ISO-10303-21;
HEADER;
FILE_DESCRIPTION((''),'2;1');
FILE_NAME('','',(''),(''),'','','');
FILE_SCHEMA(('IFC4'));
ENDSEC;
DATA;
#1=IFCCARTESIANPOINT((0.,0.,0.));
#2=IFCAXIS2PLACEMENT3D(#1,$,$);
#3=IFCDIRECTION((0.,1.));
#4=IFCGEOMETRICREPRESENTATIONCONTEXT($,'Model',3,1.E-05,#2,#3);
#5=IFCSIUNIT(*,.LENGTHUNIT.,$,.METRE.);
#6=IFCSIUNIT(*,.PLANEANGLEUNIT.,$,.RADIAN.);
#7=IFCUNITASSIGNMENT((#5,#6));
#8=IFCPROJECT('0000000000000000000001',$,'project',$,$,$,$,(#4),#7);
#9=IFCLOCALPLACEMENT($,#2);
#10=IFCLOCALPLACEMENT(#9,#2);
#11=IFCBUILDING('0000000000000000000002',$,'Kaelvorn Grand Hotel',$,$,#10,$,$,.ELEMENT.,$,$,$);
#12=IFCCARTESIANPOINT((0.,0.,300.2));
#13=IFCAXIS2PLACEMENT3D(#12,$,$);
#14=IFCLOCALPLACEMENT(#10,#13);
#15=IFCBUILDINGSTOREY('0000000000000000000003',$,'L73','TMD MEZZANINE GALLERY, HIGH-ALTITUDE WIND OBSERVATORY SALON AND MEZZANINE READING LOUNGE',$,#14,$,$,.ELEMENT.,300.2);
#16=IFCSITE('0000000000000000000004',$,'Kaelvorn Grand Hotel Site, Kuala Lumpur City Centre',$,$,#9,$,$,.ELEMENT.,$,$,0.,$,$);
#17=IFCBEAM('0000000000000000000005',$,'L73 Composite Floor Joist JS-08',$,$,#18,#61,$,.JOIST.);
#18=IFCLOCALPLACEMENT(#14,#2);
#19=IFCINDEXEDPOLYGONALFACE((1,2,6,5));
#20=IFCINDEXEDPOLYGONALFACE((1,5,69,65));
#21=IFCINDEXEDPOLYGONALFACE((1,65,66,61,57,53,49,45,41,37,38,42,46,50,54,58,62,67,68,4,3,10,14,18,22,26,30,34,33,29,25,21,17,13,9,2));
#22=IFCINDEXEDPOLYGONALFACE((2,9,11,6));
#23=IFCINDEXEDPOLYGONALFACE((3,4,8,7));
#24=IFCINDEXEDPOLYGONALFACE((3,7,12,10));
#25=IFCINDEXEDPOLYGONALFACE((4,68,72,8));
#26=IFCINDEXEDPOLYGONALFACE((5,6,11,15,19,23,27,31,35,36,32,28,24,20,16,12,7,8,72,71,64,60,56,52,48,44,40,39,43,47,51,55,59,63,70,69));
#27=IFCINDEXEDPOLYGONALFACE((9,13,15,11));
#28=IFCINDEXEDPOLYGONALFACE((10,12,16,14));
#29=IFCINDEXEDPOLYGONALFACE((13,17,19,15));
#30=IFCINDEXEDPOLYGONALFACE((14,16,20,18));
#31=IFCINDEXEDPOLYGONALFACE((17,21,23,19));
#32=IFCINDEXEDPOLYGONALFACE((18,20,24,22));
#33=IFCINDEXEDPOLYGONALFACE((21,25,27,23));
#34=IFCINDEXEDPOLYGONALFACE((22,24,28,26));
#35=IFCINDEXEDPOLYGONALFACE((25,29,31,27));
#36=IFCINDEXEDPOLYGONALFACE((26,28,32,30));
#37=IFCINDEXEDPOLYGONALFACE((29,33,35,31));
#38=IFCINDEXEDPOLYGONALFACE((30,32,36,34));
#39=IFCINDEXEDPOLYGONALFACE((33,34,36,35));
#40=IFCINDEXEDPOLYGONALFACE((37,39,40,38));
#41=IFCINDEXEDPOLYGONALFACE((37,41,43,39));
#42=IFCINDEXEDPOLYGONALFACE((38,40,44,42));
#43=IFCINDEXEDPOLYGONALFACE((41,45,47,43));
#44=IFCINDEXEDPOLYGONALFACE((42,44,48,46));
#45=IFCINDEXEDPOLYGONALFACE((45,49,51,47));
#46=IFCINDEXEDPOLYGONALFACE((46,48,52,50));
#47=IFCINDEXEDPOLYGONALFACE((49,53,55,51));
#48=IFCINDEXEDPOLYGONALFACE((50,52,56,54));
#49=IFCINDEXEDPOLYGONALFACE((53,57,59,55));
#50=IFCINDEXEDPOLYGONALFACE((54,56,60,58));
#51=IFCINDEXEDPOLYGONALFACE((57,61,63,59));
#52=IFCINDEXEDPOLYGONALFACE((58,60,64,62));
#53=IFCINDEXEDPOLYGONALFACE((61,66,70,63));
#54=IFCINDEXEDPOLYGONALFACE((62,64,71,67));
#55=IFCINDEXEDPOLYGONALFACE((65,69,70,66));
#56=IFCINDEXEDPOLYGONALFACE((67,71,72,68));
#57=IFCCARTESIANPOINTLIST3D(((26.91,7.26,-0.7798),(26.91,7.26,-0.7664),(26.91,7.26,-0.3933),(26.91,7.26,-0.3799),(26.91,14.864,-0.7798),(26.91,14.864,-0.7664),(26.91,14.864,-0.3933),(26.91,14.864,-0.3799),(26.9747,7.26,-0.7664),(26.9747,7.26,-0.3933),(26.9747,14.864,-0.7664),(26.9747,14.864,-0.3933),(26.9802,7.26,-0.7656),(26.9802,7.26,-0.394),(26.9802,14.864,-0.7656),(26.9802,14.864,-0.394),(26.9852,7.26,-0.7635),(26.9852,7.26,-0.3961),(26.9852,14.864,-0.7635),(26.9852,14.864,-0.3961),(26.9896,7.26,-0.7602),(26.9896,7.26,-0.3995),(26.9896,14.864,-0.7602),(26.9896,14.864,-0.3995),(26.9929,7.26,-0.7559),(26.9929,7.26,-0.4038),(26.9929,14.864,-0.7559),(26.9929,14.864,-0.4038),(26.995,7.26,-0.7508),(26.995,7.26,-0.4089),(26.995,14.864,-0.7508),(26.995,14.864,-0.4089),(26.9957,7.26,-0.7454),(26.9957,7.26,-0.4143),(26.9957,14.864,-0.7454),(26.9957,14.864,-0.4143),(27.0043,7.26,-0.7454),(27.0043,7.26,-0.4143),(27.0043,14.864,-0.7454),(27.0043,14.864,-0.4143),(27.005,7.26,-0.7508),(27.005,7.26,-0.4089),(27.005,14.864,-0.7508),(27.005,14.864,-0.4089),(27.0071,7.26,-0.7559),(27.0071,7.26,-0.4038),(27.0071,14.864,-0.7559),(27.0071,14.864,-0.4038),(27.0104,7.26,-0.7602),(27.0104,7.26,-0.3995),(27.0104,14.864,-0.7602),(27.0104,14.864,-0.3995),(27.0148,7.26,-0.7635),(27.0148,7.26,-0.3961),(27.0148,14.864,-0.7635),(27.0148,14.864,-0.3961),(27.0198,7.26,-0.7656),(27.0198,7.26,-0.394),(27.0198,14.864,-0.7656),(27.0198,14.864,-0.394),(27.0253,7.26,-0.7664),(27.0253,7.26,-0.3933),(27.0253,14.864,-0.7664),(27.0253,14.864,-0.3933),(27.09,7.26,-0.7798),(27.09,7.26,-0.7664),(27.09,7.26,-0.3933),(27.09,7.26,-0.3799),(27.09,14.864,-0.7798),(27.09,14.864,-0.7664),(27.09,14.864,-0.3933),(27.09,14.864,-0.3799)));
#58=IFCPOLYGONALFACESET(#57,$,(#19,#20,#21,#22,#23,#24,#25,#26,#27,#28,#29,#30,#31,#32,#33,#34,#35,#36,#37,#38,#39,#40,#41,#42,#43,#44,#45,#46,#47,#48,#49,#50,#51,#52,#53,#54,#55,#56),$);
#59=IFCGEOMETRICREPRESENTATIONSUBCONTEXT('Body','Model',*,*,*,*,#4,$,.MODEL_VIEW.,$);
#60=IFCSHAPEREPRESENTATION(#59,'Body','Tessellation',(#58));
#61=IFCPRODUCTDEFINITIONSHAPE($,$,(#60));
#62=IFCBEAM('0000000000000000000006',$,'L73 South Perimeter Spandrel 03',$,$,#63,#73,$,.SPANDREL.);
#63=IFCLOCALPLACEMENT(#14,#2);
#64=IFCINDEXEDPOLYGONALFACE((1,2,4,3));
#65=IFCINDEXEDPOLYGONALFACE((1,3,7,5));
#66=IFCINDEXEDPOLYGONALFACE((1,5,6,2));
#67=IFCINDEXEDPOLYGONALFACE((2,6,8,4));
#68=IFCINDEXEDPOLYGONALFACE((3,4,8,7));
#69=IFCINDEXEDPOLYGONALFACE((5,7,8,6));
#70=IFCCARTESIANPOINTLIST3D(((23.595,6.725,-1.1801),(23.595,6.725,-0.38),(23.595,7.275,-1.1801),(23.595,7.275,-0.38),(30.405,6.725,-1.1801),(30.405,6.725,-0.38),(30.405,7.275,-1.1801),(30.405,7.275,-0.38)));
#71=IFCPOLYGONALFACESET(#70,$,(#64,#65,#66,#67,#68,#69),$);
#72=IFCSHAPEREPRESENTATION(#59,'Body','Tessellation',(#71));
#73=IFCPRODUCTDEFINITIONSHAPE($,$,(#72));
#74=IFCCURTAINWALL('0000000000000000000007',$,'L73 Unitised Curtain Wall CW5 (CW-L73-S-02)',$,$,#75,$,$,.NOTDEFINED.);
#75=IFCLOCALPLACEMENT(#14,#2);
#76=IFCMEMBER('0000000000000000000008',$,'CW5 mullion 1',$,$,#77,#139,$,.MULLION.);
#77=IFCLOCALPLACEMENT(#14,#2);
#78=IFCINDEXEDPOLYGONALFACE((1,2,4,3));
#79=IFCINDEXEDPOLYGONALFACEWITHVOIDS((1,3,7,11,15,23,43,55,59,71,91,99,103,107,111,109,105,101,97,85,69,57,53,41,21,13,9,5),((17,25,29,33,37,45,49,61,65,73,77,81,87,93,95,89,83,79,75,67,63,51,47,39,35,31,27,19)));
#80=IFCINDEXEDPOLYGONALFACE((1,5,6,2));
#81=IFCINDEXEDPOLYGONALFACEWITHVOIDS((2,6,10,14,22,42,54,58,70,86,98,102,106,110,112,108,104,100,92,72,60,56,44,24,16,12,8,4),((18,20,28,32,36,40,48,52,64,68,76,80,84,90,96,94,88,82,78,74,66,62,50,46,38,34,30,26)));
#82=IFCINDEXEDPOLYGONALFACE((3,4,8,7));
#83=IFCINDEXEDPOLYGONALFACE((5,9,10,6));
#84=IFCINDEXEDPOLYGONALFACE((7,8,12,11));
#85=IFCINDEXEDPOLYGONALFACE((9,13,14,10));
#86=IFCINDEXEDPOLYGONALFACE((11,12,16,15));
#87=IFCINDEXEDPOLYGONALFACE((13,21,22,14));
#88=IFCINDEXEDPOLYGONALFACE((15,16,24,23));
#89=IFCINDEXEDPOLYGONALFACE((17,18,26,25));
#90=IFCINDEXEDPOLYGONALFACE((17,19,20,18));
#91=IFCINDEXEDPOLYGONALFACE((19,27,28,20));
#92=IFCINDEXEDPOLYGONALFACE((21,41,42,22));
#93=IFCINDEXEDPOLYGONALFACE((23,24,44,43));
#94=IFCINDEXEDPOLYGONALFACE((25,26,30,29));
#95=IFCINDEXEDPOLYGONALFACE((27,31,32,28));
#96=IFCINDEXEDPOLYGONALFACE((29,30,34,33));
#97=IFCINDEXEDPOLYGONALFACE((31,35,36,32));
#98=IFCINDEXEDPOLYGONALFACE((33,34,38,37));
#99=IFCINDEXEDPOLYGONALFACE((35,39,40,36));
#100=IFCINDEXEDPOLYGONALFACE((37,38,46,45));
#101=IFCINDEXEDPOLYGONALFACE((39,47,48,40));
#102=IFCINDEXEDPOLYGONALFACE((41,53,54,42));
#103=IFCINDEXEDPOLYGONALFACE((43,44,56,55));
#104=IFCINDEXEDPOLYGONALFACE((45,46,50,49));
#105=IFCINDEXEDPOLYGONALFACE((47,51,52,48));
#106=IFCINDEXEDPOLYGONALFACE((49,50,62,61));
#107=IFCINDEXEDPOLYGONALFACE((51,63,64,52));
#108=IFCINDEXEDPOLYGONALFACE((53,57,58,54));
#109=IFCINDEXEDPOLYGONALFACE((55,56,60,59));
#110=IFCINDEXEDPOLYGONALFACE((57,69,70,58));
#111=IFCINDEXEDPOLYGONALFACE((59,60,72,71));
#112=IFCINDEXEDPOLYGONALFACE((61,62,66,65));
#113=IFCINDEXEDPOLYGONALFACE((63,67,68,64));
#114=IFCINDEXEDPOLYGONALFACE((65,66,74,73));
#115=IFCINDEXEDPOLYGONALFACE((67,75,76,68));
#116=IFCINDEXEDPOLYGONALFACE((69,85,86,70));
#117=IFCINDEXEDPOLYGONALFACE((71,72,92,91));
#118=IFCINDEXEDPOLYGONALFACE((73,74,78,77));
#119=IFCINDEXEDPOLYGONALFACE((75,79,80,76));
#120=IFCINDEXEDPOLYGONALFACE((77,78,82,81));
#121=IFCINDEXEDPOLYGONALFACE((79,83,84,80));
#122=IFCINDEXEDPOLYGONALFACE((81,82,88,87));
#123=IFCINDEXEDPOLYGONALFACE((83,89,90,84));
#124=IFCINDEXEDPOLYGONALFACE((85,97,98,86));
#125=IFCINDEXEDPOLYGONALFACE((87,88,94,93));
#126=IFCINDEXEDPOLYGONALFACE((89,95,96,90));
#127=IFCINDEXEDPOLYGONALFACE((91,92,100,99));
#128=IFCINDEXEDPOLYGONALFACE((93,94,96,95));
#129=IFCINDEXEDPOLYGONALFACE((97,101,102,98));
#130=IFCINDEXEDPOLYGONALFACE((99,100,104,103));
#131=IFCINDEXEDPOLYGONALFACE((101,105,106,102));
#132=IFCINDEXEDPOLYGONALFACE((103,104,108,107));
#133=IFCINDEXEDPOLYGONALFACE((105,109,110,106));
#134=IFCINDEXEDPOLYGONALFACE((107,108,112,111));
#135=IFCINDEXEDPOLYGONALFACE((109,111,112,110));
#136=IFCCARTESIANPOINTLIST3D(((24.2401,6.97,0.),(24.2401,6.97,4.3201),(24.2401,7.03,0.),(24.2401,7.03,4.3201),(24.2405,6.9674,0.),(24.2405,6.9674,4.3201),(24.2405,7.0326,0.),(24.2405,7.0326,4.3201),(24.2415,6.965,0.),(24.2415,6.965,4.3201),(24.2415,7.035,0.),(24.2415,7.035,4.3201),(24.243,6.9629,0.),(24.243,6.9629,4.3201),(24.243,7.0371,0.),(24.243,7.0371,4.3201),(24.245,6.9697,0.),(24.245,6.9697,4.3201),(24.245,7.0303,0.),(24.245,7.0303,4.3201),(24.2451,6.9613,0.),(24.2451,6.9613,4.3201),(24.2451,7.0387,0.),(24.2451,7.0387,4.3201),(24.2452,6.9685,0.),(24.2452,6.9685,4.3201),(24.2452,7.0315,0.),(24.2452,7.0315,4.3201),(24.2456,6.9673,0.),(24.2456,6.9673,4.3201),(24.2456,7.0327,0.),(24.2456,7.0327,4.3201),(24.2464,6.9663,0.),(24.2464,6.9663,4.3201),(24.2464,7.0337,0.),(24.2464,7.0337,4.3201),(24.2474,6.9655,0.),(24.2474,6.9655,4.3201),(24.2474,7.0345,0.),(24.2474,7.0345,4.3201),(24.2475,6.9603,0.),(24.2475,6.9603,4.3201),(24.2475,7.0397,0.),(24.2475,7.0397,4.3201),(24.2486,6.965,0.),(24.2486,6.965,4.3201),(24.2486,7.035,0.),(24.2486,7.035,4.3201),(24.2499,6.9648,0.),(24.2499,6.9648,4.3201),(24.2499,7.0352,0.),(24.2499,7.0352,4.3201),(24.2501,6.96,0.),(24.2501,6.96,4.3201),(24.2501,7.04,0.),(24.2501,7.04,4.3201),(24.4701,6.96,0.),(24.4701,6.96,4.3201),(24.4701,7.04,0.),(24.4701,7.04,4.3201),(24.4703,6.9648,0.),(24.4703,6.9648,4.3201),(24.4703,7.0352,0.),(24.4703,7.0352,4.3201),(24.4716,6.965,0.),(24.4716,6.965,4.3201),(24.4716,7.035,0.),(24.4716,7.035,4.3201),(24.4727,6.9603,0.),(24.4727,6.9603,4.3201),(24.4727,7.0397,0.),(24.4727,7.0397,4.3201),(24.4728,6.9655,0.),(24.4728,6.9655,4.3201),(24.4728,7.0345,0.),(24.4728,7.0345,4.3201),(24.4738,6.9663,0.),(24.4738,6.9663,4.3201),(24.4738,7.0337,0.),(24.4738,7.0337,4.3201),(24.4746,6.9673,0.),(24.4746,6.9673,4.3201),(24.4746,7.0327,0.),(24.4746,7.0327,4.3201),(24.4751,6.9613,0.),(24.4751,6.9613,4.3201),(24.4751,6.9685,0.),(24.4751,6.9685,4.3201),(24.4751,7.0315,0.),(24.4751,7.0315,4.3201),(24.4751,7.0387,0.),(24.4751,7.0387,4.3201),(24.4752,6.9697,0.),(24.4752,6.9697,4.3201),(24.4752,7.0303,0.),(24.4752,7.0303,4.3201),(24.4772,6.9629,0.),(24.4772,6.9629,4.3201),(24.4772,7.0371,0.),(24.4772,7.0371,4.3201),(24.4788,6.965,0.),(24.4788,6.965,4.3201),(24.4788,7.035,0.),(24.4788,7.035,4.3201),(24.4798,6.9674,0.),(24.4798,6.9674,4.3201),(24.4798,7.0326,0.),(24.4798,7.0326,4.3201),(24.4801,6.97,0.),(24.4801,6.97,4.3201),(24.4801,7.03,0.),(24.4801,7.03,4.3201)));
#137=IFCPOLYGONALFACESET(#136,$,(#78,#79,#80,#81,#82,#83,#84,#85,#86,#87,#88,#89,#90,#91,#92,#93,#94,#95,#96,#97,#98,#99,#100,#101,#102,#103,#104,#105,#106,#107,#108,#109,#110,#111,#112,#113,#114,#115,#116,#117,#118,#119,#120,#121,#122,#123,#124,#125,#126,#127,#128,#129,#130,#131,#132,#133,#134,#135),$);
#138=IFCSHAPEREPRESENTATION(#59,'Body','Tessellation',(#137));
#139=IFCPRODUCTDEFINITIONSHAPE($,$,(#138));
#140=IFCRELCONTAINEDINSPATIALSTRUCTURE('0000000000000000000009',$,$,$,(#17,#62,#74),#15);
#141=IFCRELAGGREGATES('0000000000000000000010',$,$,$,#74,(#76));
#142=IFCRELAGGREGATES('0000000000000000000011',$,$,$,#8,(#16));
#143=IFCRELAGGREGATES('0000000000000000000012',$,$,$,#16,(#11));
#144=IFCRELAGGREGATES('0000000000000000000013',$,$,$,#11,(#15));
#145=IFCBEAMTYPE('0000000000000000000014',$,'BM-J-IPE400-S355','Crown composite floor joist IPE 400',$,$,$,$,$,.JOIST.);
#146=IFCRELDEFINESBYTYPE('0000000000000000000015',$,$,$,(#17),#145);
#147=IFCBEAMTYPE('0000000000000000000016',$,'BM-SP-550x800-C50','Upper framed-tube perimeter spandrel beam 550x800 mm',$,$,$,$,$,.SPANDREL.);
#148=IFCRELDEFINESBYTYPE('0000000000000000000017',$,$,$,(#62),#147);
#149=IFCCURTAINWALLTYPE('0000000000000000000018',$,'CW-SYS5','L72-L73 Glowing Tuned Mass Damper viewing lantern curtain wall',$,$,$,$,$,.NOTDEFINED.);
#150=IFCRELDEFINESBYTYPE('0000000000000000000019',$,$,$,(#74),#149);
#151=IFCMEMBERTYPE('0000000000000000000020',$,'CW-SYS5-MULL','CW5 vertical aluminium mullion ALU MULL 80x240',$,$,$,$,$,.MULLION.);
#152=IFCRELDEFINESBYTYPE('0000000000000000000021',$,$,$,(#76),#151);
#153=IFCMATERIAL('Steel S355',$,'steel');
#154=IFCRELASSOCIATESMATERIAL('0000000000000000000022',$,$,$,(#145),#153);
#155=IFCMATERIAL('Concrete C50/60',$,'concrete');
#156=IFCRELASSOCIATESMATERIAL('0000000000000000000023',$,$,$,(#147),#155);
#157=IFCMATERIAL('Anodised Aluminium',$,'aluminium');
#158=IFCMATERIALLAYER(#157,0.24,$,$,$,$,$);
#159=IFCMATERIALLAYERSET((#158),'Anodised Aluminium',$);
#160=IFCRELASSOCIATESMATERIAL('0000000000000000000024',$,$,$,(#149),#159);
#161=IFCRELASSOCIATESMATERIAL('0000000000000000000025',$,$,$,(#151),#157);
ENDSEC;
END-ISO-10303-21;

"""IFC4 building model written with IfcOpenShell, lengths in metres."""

from ifc_helpers import new_model, si_unit, direction, frame, origin, origin_2d, place, context, subcontext, project, spatial, rectangle, hollow_rectangle, i_section, extrude, material, layer, layer_set, material_profile, profile_set, type_object, element, aggregate, save


model = new_model("IFC4")

# Units and contexts
model_context = context("Model", 3, precision=1e-05, world=origin(), true_north=direction((0.0, 1.0)))
body_context = subcontext(model_context, "Body", "Model", "MODEL_VIEW")
ifc_project = project(units=[si_unit("LENGTHUNIT", "METRE"), si_unit("PLANEANGLEUNIT", "RADIAN")], contexts=[model_context])

# Site, building, storey
site_placement = place(None, origin())
site = spatial("IfcSite", under=ifc_project, at=site_placement, Name="Kaelvorn Grand Hotel Site, Kuala Lumpur City Centre", CompositionType="ELEMENT", RefElevation=0.0)
building_placement = place(site_placement, origin())
building = spatial("IfcBuilding", under=site, at=building_placement, Name="Kaelvorn Grand Hotel", CompositionType="ELEMENT")
storey_placement = place(building_placement, frame((0.0, 0.0, 300.2)))
storey = spatial("IfcBuildingStorey", under=building, at=storey_placement, Name="L73", Description="TMD MEZZANINE GALLERY, HIGH-ALTITUDE WIND OBSERVATORY SALON AND MEZZANINE READING LOUNGE", CompositionType="ELEMENT", Elevation=300.2)

# Beams
ifc_material_1 = material(Name="Steel S355", Category="steel")
ifc_material_profile_1 = material_profile(ifc_material_1, i_section(OverallWidth=0.1799, OverallDepth=0.3999, WebThickness=0.0085, FlangeThickness=0.0134, FilletRadius=0.021, at=origin_2d()), Name="IPE 400")
ifc_profile_set_1 = profile_set([ifc_material_profile_1], Name="Steel S355")
beam_type_1 = type_object("IfcBeamType", Name="BM-J-IPE400-S355", Description="Crown composite floor joist IPE 400", PredefinedType="JOIST", material=ifc_profile_set_1)
beam_1_placement = place(storey_placement, frame((27.0, 7.26, -0.5798), z_axis=(0.0, 1.0, 0.0), x_axis=(-1.0, 0.0, 0.0)))
element("IfcBeam", 1, at=beam_1_placement, inside=storey, type_object=beam_type_1, Name="L73 Composite Floor Joist JS-08", PredefinedType="JOIST", context=body_context, shape_type="SweptSolid", body=[
    extrude(i_section(OverallWidth=0.1799, OverallDepth=0.3999, WebThickness=0.0085, FlangeThickness=0.0134, FilletRadius=0.021, at=origin_2d()), origin(), (0.0, 0.0, 1.0), 7.604),
])
ifc_material_2 = material(Name="Concrete C50/60", Category="concrete")
ifc_material_profile_2 = material_profile(ifc_material_2, rectangle(XDim=0.55, YDim=0.8, at=origin_2d()), Name="RC SPANDREL 550x800")
ifc_profile_set_2 = profile_set([ifc_material_profile_2], Name="Concrete C50/60")
beam_type_2 = type_object("IfcBeamType", Name="BM-SP-550x800-C50", Description="Upper framed-tube perimeter spandrel beam 550x800 mm", PredefinedType="SPANDREL", material=ifc_profile_set_2)
beam_2_placement = place(storey_placement, frame((23.595, 7.0, -0.78), z_axis=(1.0, 0.0, 0.0), x_axis=(0.0, 1.0, 0.0)))
element("IfcBeam", 2, at=beam_2_placement, inside=storey, type_object=beam_type_2, Name="L73 South Perimeter Spandrel 03", PredefinedType="SPANDREL", context=body_context, shape_type="SweptSolid", body=[
    extrude(rectangle(XDim=0.55, YDim=0.8, at=origin_2d()), origin(), (0.0, 0.0, 1.0), 6.8101),
])

# Curtain wall, member
ifc_material_3 = material(Name="Anodised Aluminium", Category="aluminium")
ifc_layer_1 = layer(ifc_material_3, 0.24)
ifc_layer_set_1 = layer_set([ifc_layer_1], Name="Anodised Aluminium")
curtain_wall_type = type_object("IfcCurtainWallType", Name="CW-SYS5", Description="L72-L73 Glowing Tuned Mass Damper viewing lantern curtain wall", PredefinedType="NOTDEFINED", material=ifc_layer_set_1)
curtain_wall_placement = place(storey_placement, origin())
curtain_wall = element("IfcCurtainWall", 3, at=curtain_wall_placement, inside=storey, type_object=curtain_wall_type, Name="L73 Unitised Curtain Wall CW5 (CW-L73-S-02)", PredefinedType="NOTDEFINED")
ifc_material_profile_3 = material_profile(ifc_material_3, hollow_rectangle(XDim=0.0801, YDim=0.24, WallThickness=0.0049, InnerFilletRadius=0.0049, OuterFilletRadius=0.01, at=origin_2d()), Name="ALU MULL 80x240")
ifc_profile_set_3 = profile_set([ifc_material_profile_3], Name="Anodised Aluminium")
member_type_1 = type_object("IfcMemberType", Name="CW-SYS5-MULL", Description="CW5 vertical aluminium mullion ALU MULL 80x240", PredefinedType="MULLION", material=ifc_profile_set_3)
member_1_placement = place(storey_placement, frame((24.3601, 7.0, 0.0), z_axis=(0.0, 0.0, 1.0), x_axis=(0.0, 1.0, 0.0)))
member_1 = element("IfcMember", 4, at=member_1_placement, type_object=member_type_1, Name="CW5 mullion 1", PredefinedType="MULLION", context=body_context, shape_type="SweptSolid", body=[
    extrude(hollow_rectangle(XDim=0.0801, YDim=0.24, WallThickness=0.0049, InnerFilletRadius=0.0049, OuterFilletRadius=0.01, at=origin_2d()), origin(), (0.0, 0.0, 1.0), 4.3201),
])
aggregate(curtain_wall, [member_1])

save(model, "model.ifc")
